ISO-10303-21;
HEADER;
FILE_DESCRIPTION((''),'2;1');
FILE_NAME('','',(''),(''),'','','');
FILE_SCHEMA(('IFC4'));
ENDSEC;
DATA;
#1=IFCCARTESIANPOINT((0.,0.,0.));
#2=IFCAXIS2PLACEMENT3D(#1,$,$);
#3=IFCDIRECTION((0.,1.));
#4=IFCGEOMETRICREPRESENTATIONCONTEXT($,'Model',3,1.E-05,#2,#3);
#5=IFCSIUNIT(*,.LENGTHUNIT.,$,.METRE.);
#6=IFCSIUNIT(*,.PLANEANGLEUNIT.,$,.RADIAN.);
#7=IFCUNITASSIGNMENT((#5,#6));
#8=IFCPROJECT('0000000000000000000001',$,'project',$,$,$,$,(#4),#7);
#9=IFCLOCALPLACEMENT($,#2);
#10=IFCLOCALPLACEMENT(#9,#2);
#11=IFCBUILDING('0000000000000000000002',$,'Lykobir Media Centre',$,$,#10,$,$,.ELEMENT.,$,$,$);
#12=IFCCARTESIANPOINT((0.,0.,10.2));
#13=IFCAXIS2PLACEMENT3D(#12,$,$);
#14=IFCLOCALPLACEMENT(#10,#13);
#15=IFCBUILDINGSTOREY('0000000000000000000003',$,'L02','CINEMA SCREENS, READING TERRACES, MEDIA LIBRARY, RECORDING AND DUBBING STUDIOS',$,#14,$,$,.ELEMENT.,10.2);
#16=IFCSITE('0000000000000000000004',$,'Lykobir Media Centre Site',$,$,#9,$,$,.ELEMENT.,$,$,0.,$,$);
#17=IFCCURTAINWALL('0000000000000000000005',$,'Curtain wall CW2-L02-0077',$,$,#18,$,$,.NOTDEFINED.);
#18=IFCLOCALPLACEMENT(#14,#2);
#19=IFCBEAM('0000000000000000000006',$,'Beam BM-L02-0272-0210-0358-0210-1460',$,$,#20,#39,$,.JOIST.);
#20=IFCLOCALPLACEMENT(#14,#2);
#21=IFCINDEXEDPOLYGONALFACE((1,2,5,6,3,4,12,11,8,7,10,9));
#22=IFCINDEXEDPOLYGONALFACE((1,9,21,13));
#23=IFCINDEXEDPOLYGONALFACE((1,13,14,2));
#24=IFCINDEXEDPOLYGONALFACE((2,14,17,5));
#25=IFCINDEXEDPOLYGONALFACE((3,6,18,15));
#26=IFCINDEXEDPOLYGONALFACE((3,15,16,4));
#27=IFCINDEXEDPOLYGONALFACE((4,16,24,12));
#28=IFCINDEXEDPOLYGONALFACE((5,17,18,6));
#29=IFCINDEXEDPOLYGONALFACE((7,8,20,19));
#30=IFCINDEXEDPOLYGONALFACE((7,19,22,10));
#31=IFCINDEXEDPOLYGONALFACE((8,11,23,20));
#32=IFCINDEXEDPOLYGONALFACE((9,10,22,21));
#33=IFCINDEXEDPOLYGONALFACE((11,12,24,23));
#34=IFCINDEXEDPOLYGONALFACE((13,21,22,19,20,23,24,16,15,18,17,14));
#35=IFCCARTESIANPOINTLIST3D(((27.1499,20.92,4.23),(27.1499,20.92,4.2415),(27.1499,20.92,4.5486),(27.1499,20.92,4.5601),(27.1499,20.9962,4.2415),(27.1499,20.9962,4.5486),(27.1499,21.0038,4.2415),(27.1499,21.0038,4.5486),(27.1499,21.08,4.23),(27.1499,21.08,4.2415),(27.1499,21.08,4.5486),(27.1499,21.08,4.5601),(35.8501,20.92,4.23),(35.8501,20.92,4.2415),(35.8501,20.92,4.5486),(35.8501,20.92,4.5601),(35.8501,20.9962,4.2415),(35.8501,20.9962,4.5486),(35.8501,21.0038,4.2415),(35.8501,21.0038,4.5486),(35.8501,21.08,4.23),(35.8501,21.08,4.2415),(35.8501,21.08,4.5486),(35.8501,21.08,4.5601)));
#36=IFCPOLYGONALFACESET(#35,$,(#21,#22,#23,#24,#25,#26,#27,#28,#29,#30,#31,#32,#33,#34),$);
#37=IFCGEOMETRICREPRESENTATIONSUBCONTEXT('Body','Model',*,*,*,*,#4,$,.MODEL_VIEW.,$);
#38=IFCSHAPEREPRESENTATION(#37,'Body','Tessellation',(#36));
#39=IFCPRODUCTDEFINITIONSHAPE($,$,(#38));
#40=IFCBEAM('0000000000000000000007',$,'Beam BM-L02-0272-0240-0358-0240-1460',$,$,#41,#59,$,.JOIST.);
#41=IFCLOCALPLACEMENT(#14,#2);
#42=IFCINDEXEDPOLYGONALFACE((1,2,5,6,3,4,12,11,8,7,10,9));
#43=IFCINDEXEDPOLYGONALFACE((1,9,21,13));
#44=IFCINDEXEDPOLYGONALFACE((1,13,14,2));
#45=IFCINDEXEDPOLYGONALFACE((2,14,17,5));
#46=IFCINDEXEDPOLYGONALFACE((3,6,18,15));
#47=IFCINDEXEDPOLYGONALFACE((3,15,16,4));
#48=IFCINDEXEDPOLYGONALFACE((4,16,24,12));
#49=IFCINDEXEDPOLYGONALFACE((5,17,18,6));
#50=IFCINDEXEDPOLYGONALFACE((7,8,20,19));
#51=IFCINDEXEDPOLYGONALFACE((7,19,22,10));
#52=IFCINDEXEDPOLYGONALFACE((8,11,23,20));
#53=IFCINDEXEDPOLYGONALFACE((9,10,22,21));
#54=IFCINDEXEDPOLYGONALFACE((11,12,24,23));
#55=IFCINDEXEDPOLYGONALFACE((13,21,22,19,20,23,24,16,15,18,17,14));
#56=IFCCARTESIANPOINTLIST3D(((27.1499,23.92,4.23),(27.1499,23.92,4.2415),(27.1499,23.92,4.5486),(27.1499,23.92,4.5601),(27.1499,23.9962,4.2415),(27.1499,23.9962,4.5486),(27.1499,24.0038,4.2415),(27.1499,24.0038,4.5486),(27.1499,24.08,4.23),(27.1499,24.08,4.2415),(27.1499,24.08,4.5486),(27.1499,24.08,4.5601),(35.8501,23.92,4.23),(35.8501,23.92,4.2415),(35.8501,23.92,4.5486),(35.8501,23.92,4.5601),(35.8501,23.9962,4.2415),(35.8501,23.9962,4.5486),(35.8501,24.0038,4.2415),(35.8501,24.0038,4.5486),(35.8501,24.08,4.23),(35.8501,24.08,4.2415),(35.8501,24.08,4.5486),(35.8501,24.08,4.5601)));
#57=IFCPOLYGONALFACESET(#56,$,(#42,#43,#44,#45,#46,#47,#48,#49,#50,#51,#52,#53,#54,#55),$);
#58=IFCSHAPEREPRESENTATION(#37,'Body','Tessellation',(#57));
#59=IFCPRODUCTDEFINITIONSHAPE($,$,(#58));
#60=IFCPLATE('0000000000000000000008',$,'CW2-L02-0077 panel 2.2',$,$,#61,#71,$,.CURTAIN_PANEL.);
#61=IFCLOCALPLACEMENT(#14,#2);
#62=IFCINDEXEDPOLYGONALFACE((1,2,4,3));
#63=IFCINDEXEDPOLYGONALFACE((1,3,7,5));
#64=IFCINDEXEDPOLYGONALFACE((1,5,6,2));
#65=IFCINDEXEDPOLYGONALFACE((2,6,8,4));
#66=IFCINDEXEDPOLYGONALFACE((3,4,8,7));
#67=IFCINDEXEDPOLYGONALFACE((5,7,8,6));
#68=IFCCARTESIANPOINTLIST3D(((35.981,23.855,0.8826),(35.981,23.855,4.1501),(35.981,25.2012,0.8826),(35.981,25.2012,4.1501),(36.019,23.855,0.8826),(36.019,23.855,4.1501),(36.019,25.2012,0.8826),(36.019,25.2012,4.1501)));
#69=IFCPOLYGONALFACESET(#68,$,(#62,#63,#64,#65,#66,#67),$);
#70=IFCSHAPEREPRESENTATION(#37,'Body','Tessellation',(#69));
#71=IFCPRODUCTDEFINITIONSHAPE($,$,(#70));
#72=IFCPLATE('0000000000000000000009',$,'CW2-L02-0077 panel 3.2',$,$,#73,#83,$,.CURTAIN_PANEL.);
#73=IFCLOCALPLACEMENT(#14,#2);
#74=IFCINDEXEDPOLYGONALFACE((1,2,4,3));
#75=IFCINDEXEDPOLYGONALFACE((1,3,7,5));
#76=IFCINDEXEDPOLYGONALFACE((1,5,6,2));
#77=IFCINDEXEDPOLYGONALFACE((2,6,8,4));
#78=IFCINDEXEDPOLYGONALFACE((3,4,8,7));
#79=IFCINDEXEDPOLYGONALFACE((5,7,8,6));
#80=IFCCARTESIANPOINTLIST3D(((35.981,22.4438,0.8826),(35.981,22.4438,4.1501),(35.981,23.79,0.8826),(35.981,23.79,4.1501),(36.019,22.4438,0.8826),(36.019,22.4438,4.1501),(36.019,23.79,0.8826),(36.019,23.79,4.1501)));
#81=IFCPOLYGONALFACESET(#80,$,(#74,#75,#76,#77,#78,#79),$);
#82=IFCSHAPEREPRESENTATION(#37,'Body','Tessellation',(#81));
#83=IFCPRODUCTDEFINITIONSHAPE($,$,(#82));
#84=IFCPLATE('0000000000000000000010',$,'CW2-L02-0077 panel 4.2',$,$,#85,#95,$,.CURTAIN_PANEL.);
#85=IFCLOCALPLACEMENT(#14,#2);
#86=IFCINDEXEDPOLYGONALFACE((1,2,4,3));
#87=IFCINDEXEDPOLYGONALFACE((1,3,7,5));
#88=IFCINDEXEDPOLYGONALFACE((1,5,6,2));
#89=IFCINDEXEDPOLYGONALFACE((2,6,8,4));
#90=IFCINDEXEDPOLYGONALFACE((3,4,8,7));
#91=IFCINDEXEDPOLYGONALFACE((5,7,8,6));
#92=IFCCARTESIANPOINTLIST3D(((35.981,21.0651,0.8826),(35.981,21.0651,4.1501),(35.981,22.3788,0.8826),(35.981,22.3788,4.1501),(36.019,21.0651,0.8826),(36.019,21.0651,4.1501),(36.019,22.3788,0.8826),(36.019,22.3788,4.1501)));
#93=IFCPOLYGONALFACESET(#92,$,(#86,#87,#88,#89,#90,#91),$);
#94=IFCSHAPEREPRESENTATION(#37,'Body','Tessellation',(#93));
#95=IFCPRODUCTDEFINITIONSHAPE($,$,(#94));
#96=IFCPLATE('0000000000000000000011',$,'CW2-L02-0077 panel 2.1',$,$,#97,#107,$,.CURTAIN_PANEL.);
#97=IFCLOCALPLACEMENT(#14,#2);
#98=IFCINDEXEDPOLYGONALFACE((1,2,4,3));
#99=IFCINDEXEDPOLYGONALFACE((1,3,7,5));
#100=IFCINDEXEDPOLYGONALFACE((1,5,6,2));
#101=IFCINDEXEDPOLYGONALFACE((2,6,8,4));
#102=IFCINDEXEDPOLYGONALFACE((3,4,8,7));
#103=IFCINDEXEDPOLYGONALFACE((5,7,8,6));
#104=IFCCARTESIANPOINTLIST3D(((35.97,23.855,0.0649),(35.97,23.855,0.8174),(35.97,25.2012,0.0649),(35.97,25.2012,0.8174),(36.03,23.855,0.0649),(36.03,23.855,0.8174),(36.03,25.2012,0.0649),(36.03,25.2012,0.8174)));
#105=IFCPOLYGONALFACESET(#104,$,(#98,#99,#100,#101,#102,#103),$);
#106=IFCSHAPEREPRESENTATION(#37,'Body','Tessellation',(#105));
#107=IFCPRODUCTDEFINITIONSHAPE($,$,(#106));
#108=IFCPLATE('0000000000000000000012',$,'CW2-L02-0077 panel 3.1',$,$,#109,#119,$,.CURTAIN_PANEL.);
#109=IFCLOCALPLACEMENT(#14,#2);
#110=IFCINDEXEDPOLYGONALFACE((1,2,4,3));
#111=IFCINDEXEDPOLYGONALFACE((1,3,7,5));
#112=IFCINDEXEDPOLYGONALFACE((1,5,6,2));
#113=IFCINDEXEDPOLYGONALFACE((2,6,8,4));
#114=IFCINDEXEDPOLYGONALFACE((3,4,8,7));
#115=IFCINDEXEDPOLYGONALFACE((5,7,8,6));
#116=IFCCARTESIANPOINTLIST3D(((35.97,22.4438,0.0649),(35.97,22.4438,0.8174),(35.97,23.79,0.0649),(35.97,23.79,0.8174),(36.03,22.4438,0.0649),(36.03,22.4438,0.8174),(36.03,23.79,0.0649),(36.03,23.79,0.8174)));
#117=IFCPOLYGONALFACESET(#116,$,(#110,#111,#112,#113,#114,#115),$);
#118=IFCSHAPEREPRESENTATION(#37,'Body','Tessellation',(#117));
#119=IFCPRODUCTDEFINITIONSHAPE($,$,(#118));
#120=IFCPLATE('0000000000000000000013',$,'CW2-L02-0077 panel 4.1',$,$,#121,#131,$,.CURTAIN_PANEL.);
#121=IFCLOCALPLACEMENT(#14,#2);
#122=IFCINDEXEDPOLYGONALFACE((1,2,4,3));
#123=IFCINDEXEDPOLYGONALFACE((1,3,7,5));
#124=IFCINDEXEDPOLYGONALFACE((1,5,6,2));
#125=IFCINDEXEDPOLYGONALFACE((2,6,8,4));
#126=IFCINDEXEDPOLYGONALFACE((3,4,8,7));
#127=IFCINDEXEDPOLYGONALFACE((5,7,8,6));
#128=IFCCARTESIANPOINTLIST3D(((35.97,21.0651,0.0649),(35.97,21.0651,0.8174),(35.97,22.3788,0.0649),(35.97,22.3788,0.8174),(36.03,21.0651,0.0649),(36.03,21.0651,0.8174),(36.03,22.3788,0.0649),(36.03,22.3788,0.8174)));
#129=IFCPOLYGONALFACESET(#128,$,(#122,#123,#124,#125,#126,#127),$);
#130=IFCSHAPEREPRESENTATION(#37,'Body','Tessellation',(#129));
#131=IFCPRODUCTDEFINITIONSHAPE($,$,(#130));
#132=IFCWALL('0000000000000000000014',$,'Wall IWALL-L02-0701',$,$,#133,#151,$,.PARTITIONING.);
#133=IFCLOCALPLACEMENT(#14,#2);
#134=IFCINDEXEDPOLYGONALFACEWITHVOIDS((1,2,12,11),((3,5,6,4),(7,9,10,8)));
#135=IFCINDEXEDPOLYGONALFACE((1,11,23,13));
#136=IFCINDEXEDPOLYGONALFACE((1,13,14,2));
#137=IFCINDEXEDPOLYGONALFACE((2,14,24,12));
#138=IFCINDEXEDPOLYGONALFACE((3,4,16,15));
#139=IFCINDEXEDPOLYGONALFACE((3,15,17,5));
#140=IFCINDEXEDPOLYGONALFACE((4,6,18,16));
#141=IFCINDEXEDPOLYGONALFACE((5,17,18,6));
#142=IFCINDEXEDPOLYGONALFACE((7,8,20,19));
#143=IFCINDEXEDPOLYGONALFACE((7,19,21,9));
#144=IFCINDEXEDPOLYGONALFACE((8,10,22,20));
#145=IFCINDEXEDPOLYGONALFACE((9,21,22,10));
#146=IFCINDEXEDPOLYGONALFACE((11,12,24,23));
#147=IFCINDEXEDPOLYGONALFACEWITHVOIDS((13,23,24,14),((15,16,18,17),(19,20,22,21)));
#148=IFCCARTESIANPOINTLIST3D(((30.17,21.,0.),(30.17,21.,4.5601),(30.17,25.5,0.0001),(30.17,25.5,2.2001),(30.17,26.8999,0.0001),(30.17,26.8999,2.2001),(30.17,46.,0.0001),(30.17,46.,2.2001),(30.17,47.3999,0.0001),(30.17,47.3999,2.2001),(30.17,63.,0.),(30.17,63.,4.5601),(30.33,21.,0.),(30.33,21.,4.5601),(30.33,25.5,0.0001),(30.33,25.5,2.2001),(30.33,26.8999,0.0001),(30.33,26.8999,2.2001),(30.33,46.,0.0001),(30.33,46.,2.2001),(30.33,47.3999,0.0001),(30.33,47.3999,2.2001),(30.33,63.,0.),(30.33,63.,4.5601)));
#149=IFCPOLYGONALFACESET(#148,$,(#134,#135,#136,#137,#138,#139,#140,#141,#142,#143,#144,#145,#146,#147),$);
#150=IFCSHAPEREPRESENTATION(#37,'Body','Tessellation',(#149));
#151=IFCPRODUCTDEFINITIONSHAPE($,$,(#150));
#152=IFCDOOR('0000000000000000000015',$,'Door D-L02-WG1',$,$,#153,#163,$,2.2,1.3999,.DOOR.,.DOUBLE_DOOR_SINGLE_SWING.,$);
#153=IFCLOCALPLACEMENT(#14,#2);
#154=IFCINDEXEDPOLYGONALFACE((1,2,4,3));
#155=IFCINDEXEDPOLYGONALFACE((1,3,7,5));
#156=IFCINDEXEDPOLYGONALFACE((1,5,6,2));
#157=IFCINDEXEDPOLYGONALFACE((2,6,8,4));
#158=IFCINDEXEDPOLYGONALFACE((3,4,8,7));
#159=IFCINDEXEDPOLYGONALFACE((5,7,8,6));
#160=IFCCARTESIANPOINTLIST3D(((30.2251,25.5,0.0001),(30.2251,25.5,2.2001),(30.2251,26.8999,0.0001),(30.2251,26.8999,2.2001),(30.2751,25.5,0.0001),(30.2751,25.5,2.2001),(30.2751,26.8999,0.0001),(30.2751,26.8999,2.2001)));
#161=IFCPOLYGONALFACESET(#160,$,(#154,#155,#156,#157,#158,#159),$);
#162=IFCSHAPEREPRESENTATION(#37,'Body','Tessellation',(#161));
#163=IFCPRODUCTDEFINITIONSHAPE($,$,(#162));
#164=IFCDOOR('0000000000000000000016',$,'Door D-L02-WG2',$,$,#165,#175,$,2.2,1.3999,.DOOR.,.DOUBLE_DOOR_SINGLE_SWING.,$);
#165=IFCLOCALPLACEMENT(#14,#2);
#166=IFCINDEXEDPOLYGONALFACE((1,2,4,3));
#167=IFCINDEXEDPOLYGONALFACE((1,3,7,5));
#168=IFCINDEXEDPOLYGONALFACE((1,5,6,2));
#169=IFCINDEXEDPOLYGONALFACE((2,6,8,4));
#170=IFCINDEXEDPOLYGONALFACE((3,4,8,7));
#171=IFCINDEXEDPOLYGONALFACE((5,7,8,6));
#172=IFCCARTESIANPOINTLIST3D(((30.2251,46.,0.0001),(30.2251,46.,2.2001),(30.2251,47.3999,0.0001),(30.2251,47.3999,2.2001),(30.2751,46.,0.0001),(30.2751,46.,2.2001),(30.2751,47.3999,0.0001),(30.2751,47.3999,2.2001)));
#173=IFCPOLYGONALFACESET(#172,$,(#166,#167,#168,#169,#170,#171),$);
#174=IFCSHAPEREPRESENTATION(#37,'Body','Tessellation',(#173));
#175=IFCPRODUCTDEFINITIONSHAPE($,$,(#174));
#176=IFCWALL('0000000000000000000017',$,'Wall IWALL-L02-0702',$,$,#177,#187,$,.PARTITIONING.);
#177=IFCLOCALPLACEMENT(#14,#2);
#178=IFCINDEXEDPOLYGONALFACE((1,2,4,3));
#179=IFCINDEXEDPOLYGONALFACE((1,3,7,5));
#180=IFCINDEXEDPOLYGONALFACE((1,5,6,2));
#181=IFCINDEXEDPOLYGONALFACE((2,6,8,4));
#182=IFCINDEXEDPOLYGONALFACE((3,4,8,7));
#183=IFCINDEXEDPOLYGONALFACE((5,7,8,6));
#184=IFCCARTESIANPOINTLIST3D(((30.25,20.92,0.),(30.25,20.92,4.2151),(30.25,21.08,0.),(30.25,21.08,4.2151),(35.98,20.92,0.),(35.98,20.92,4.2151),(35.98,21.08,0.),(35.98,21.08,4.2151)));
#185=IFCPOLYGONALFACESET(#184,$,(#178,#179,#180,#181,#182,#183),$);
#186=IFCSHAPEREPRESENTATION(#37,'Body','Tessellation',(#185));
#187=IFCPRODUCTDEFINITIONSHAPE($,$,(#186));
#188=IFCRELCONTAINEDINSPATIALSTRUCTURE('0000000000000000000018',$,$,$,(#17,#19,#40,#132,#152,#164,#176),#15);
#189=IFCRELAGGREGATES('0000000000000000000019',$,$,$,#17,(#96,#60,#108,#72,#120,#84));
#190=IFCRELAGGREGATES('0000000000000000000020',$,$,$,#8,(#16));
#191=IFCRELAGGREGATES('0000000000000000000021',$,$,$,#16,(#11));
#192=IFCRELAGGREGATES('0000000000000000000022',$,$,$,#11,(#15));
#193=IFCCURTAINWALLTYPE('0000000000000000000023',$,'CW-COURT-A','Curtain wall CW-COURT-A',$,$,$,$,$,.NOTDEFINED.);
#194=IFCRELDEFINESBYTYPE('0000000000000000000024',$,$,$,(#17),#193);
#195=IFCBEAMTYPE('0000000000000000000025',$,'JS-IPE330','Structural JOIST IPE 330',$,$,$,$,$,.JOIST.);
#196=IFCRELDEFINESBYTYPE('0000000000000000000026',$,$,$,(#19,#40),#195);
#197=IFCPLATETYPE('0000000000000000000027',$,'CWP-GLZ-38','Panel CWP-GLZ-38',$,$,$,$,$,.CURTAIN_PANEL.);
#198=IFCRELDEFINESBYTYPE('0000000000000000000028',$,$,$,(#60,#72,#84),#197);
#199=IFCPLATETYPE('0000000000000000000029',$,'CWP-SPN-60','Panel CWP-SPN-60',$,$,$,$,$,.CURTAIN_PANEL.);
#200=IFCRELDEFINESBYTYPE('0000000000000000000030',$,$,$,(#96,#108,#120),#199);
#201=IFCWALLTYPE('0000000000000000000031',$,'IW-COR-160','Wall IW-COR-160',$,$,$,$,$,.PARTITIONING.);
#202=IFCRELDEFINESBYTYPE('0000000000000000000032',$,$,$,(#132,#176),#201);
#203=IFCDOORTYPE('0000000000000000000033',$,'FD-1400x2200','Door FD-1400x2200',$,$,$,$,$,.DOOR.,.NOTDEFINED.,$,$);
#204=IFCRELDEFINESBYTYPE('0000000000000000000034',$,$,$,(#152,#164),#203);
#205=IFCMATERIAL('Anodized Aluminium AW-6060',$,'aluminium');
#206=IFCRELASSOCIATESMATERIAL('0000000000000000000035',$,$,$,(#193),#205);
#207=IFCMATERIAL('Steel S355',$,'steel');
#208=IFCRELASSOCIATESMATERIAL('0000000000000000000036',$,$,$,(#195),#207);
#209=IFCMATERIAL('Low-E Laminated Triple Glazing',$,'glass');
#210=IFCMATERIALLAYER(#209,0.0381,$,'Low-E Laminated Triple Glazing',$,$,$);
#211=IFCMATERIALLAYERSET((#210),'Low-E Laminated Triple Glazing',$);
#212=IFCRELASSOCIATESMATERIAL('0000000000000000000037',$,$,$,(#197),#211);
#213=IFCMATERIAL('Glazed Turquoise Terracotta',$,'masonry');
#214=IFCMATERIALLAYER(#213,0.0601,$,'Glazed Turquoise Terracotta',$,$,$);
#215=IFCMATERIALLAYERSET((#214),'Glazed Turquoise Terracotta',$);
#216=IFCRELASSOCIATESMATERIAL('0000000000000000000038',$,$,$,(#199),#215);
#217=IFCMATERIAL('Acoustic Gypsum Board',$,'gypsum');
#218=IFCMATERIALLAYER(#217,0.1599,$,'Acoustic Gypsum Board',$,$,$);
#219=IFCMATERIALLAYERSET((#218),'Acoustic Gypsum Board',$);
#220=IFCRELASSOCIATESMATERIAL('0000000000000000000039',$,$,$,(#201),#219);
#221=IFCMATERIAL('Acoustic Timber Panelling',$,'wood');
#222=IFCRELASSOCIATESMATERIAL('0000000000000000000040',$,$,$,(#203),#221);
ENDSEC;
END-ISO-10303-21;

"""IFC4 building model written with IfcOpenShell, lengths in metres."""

from ifc_helpers import new_model, si_unit, direction, frame, frame_2d, origin, origin_2d, place, context, subcontext, project, spatial, rectangle, i_section, extrude, material, layer, layer_set, material_profile, profile_set, type_object, element, fill, aggregate, save


model = new_model("IFC4")

# Units and contexts
model_context = context("Model", 3, precision=1e-05, world=origin(), true_north=direction((0.0, 1.0)))
body_context = subcontext(model_context, "Body", "Model", "MODEL_VIEW")
ifc_project = project(units=[si_unit("LENGTHUNIT", "METRE"), si_unit("PLANEANGLEUNIT", "RADIAN")], contexts=[model_context])

# Site, building, storey
site_placement = place(None, origin())
site = spatial("IfcSite", under=ifc_project, at=site_placement, Name="Lykobir Media Centre Site", CompositionType="ELEMENT", RefElevation=0.0)
building_placement = place(site_placement, origin())
building = spatial("IfcBuilding", under=site, at=building_placement, Name="Lykobir Media Centre", CompositionType="ELEMENT")
storey_placement = place(building_placement, frame((0.0, 0.0, 10.2)))
storey = spatial("IfcBuildingStorey", under=building, at=storey_placement, Name="L02", Description="CINEMA SCREENS, READING TERRACES, MEDIA LIBRARY, RECORDING AND DUBBING STUDIOS", CompositionType="ELEMENT", Elevation=10.2)

# Curtain wall
ifc_material_1 = material(Name="Anodized Aluminium AW-6060", Category="aluminium")
curtain_wall_type = type_object("IfcCurtainWallType", Name="CW-COURT-A", Description="Curtain wall CW-COURT-A", PredefinedType="NOTDEFINED", material=ifc_material_1)
curtain_wall_placement = place(storey_placement, origin())
curtain_wall = element("IfcCurtainWall", 1, at=curtain_wall_placement, inside=storey, type_object=curtain_wall_type, Name="Curtain wall CW2-L02-0077", PredefinedType="NOTDEFINED")

# Beams
ifc_material_2 = material(Name="Steel S355", Category="steel")
ifc_material_profile_1 = material_profile(ifc_material_2, i_section(OverallWidth=0.1599, OverallDepth=0.3301, WebThickness=0.0076, FlangeThickness=0.0115, at=origin_2d()), Name="IPE 330")
ifc_profile_set_1 = profile_set([ifc_material_profile_1], Name="Steel S355")
beam_type = type_object("IfcBeamType", Name="JS-IPE330", Description="Structural JOIST IPE 330", PredefinedType="JOIST", material=ifc_profile_set_1)
for number, where, z_axis, x_axis, name in (
    (2, (27.1499, 21.0, 4.395), (1.0, 0.0, 0.0), (0.0, 1.0, 0.0), "Beam BM-L02-0272-0210-0358-0210-1460"),
    (3, (27.1499, 24.0, 4.395), (1.0, 0.0, 0.0), (0.0, 1.0, 0.0), "Beam BM-L02-0272-0240-0358-0240-1460"),
):
    element("IfcBeam", number, at=place(storey_placement, frame(where, z_axis=z_axis, x_axis=x_axis)), inside=storey, type_object=beam_type, Name=name, PredefinedType="JOIST", context=body_context, shape_type="SweptSolid", body=[
        extrude(i_section(OverallWidth=0.1599, OverallDepth=0.3301, WebThickness=0.0076, FlangeThickness=0.0115, at=origin_2d()), origin(), (0.0, 0.0, 1.0), 8.7002),
    ])

# Plates
ifc_material_3 = material(Name="Low-E Laminated Triple Glazing", Category="glass")
ifc_layer_1 = layer(ifc_material_3, 0.0381, Name="Low-E Laminated Triple Glazing")
ifc_layer_set_1 = layer_set([ifc_layer_1], Name="Low-E Laminated Triple Glazing")
plate_type_1 = type_object("IfcPlateType", Name="CWP-GLZ-38", Description="Panel CWP-GLZ-38", PredefinedType="CURTAIN_PANEL", material=ifc_layer_set_1)
plate_1_placement = place(storey_placement, frame((36.0, 24.5281, 0.8826), z_axis=(0.0, 0.0, 1.0), x_axis=(0.0, -1.0, 0.0)))
plate_1 = element("IfcPlate", 4, at=plate_1_placement, type_object=plate_type_1, Name="CW2-L02-0077 panel 2.2", PredefinedType="CURTAIN_PANEL", context=body_context, shape_type="SweptSolid", body=[
    extrude(rectangle(XDim=1.3462, YDim=0.0381, at=origin_2d()), origin(), (0.0, 0.0, 1.0), 3.2676),
])
plate_2_placement = place(storey_placement, frame((36.0, 23.1169, 0.8826), z_axis=(0.0, 0.0, 1.0), x_axis=(0.0, -1.0, 0.0)))
plate_2 = element("IfcPlate", 5, at=plate_2_placement, type_object=plate_type_1, Name="CW2-L02-0077 panel 3.2", PredefinedType="CURTAIN_PANEL", context=body_context, shape_type="SweptSolid", body=[
    extrude(rectangle(XDim=1.3462, YDim=0.0381, at=origin_2d()), origin(), (0.0, 0.0, 1.0), 3.2676),
])
plate_3_placement = place(storey_placement, frame((36.0, 21.7219, 0.8826), z_axis=(0.0, 0.0, 1.0), x_axis=(0.0, -1.0, 0.0)))
plate_3 = element("IfcPlate", 6, at=plate_3_placement, type_object=plate_type_1, Name="CW2-L02-0077 panel 4.2", PredefinedType="CURTAIN_PANEL", context=body_context, shape_type="SweptSolid", body=[
    extrude(rectangle(XDim=1.3137, YDim=0.0381, at=origin_2d()), origin(), (0.0, 0.0, 1.0), 3.2676),
])
ifc_material_4 = material(Name="Glazed Turquoise Terracotta", Category="masonry")
ifc_layer_2 = layer(ifc_material_4, 0.0601, Name="Glazed Turquoise Terracotta")
ifc_layer_set_2 = layer_set([ifc_layer_2], Name="Glazed Turquoise Terracotta")
plate_type_2 = type_object("IfcPlateType", Name="CWP-SPN-60", Description="Panel CWP-SPN-60", PredefinedType="CURTAIN_PANEL", material=ifc_layer_set_2)
plate_4_placement = place(storey_placement, frame((36.0, 24.5281, 0.0649), z_axis=(0.0, 0.0, 1.0), x_axis=(0.0, -1.0, 0.0)))
plate_4 = element("IfcPlate", 7, at=plate_4_placement, type_object=plate_type_2, Name="CW2-L02-0077 panel 2.1", PredefinedType="CURTAIN_PANEL", context=body_context, shape_type="SweptSolid", body=[
    extrude(rectangle(XDim=1.3462, YDim=0.0601, at=origin_2d()), origin(), (0.0, 0.0, 1.0), 0.7524),
])
plate_5_placement = place(storey_placement, frame((36.0, 23.1169, 0.0649), z_axis=(0.0, 0.0, 1.0), x_axis=(0.0, -1.0, 0.0)))
plate_5 = element("IfcPlate", 8, at=plate_5_placement, type_object=plate_type_2, Name="CW2-L02-0077 panel 3.1", PredefinedType="CURTAIN_PANEL", context=body_context, shape_type="SweptSolid", body=[
    extrude(rectangle(XDim=1.3462, YDim=0.0601, at=origin_2d()), origin(), (0.0, 0.0, 1.0), 0.7524),
])
plate_6_placement = place(storey_placement, frame((36.0, 21.7219, 0.0649), z_axis=(0.0, 0.0, 1.0), x_axis=(0.0, -1.0, 0.0)))
plate_6 = element("IfcPlate", 9, at=plate_6_placement, type_object=plate_type_2, Name="CW2-L02-0077 panel 4.1", PredefinedType="CURTAIN_PANEL", context=body_context, shape_type="SweptSolid", body=[
    extrude(rectangle(XDim=1.3137, YDim=0.0601, at=origin_2d()), origin(), (0.0, 0.0, 1.0), 0.7524),
])
aggregate(curtain_wall, [plate_4, plate_1, plate_5, plate_2, plate_6, plate_3])

# Wall, openings, doors
ifc_material_5 = material(Name="Acoustic Gypsum Board", Category="gypsum")
ifc_layer_3 = layer(ifc_material_5, 0.1599, Name="Acoustic Gypsum Board")
ifc_layer_set_3 = layer_set([ifc_layer_3], Name="Acoustic Gypsum Board")
wall_type_1 = type_object("IfcWallType", Name="IW-COR-160", Description="Wall IW-COR-160", PredefinedType="PARTITIONING", material=ifc_layer_set_3)
wall_1_placement = place(storey_placement, frame((30.25, 21.0, 0.0), z_axis=(0.0, 0.0, 1.0), x_axis=(0.0, 1.0, 0.0)))
wall_1 = element("IfcWall", 10, at=wall_1_placement, inside=storey, type_object=wall_type_1, Name="Wall IWALL-L02-0701", PredefinedType="PARTITIONING", context=body_context, shape_type="SweptSolid", body=[
    extrude(rectangle(XDim=42.0, YDim=0.1599, at=frame_2d((21.0, 0.0))), origin(), (0.0, 0.0, 1.0), 4.5601),
])
opening_1_placement = place(wall_1_placement, frame((4.5, 0.0, 0.0)))
opening_1 = element("IfcOpeningElement", 11, at=opening_1_placement, cuts=wall_1, PredefinedType="OPENING", context=body_context, shape_type="SweptSolid", body=[
    extrude(rectangle(XDim=1.3999, YDim=2.2, at=frame_2d((0.7, 1.1001))), frame((0.0, 0.0898, 0.0), z_axis=(0.0, -1.0, 0.0), x_axis=(1.0, 0.0, 0.0)), (0.0, 0.0, 1.0), 0.1799),
])
opening_2_placement = place(wall_1_placement, frame((25.0, 0.0, 0.0)))
opening_2 = element("IfcOpeningElement", 12, at=opening_2_placement, cuts=wall_1, PredefinedType="OPENING", context=body_context, shape_type="SweptSolid", body=[
    extrude(rectangle(XDim=1.3999, YDim=2.2, at=frame_2d((0.7, 1.1001))), frame((0.0, 0.0898, 0.0), z_axis=(0.0, -1.0, 0.0), x_axis=(1.0, 0.0, 0.0)), (0.0, 0.0, 1.0), 0.1799),
])
ifc_material_6 = material(Name="Acoustic Timber Panelling", Category="wood")
door_type = type_object("IfcDoorType", Name="FD-1400x2200", Description="Door FD-1400x2200", OperationType="NOTDEFINED", PredefinedType="DOOR", material=ifc_material_6)
door_1_placement = place(opening_1_placement, origin())
door_1 = element("IfcDoor", 13, at=door_1_placement, inside=storey, type_object=door_type, Name="Door D-L02-WG1", OperationType="DOUBLE_DOOR_SINGLE_SWING", OverallHeight=2.2, OverallWidth=1.3999, PredefinedType="DOOR", context=body_context, shape_type="SweptSolid", body=[
    extrude(rectangle(XDim=1.3999, YDim=2.2, at=frame_2d((0.7, 1.1001))), frame((0.0, 0.0249, 0.0), z_axis=(0.0, -1.0, 0.0), x_axis=(1.0, 0.0, 0.0)), (0.0, 0.0, 1.0), 0.05),
])
fill(opening_1, door_1)
door_2_placement = place(opening_2_placement, origin())
door_2 = element("IfcDoor", 14, at=door_2_placement, inside=storey, type_object=door_type, Name="Door D-L02-WG2", OperationType="DOUBLE_DOOR_SINGLE_SWING", OverallHeight=2.2, OverallWidth=1.3999, PredefinedType="DOOR", context=body_context, shape_type="SweptSolid", body=[
    extrude(rectangle(XDim=1.3999, YDim=2.2, at=frame_2d((0.7, 1.1001))), frame((0.0, 0.0249, 0.0), z_axis=(0.0, -1.0, 0.0), x_axis=(1.0, 0.0, 0.0)), (0.0, 0.0, 1.0), 0.05),
])
fill(opening_2, door_2)

# Wall
wall_2_placement = place(storey_placement, frame((30.25, 21.0, 0.0), z_axis=(0.0, 0.0, 1.0), x_axis=(1.0, 0.0, 0.0)))
element("IfcWall", 15, at=wall_2_placement, inside=storey, type_object=wall_type_1, Name="Wall IWALL-L02-0702", PredefinedType="PARTITIONING", context=body_context, shape_type="SweptSolid", body=[
    extrude(rectangle(XDim=5.73, YDim=0.1599, at=frame_2d((2.865, 0.0))), origin(), (0.0, 0.0, 1.0), 4.2151),
])

save(model, "model.ifc")
